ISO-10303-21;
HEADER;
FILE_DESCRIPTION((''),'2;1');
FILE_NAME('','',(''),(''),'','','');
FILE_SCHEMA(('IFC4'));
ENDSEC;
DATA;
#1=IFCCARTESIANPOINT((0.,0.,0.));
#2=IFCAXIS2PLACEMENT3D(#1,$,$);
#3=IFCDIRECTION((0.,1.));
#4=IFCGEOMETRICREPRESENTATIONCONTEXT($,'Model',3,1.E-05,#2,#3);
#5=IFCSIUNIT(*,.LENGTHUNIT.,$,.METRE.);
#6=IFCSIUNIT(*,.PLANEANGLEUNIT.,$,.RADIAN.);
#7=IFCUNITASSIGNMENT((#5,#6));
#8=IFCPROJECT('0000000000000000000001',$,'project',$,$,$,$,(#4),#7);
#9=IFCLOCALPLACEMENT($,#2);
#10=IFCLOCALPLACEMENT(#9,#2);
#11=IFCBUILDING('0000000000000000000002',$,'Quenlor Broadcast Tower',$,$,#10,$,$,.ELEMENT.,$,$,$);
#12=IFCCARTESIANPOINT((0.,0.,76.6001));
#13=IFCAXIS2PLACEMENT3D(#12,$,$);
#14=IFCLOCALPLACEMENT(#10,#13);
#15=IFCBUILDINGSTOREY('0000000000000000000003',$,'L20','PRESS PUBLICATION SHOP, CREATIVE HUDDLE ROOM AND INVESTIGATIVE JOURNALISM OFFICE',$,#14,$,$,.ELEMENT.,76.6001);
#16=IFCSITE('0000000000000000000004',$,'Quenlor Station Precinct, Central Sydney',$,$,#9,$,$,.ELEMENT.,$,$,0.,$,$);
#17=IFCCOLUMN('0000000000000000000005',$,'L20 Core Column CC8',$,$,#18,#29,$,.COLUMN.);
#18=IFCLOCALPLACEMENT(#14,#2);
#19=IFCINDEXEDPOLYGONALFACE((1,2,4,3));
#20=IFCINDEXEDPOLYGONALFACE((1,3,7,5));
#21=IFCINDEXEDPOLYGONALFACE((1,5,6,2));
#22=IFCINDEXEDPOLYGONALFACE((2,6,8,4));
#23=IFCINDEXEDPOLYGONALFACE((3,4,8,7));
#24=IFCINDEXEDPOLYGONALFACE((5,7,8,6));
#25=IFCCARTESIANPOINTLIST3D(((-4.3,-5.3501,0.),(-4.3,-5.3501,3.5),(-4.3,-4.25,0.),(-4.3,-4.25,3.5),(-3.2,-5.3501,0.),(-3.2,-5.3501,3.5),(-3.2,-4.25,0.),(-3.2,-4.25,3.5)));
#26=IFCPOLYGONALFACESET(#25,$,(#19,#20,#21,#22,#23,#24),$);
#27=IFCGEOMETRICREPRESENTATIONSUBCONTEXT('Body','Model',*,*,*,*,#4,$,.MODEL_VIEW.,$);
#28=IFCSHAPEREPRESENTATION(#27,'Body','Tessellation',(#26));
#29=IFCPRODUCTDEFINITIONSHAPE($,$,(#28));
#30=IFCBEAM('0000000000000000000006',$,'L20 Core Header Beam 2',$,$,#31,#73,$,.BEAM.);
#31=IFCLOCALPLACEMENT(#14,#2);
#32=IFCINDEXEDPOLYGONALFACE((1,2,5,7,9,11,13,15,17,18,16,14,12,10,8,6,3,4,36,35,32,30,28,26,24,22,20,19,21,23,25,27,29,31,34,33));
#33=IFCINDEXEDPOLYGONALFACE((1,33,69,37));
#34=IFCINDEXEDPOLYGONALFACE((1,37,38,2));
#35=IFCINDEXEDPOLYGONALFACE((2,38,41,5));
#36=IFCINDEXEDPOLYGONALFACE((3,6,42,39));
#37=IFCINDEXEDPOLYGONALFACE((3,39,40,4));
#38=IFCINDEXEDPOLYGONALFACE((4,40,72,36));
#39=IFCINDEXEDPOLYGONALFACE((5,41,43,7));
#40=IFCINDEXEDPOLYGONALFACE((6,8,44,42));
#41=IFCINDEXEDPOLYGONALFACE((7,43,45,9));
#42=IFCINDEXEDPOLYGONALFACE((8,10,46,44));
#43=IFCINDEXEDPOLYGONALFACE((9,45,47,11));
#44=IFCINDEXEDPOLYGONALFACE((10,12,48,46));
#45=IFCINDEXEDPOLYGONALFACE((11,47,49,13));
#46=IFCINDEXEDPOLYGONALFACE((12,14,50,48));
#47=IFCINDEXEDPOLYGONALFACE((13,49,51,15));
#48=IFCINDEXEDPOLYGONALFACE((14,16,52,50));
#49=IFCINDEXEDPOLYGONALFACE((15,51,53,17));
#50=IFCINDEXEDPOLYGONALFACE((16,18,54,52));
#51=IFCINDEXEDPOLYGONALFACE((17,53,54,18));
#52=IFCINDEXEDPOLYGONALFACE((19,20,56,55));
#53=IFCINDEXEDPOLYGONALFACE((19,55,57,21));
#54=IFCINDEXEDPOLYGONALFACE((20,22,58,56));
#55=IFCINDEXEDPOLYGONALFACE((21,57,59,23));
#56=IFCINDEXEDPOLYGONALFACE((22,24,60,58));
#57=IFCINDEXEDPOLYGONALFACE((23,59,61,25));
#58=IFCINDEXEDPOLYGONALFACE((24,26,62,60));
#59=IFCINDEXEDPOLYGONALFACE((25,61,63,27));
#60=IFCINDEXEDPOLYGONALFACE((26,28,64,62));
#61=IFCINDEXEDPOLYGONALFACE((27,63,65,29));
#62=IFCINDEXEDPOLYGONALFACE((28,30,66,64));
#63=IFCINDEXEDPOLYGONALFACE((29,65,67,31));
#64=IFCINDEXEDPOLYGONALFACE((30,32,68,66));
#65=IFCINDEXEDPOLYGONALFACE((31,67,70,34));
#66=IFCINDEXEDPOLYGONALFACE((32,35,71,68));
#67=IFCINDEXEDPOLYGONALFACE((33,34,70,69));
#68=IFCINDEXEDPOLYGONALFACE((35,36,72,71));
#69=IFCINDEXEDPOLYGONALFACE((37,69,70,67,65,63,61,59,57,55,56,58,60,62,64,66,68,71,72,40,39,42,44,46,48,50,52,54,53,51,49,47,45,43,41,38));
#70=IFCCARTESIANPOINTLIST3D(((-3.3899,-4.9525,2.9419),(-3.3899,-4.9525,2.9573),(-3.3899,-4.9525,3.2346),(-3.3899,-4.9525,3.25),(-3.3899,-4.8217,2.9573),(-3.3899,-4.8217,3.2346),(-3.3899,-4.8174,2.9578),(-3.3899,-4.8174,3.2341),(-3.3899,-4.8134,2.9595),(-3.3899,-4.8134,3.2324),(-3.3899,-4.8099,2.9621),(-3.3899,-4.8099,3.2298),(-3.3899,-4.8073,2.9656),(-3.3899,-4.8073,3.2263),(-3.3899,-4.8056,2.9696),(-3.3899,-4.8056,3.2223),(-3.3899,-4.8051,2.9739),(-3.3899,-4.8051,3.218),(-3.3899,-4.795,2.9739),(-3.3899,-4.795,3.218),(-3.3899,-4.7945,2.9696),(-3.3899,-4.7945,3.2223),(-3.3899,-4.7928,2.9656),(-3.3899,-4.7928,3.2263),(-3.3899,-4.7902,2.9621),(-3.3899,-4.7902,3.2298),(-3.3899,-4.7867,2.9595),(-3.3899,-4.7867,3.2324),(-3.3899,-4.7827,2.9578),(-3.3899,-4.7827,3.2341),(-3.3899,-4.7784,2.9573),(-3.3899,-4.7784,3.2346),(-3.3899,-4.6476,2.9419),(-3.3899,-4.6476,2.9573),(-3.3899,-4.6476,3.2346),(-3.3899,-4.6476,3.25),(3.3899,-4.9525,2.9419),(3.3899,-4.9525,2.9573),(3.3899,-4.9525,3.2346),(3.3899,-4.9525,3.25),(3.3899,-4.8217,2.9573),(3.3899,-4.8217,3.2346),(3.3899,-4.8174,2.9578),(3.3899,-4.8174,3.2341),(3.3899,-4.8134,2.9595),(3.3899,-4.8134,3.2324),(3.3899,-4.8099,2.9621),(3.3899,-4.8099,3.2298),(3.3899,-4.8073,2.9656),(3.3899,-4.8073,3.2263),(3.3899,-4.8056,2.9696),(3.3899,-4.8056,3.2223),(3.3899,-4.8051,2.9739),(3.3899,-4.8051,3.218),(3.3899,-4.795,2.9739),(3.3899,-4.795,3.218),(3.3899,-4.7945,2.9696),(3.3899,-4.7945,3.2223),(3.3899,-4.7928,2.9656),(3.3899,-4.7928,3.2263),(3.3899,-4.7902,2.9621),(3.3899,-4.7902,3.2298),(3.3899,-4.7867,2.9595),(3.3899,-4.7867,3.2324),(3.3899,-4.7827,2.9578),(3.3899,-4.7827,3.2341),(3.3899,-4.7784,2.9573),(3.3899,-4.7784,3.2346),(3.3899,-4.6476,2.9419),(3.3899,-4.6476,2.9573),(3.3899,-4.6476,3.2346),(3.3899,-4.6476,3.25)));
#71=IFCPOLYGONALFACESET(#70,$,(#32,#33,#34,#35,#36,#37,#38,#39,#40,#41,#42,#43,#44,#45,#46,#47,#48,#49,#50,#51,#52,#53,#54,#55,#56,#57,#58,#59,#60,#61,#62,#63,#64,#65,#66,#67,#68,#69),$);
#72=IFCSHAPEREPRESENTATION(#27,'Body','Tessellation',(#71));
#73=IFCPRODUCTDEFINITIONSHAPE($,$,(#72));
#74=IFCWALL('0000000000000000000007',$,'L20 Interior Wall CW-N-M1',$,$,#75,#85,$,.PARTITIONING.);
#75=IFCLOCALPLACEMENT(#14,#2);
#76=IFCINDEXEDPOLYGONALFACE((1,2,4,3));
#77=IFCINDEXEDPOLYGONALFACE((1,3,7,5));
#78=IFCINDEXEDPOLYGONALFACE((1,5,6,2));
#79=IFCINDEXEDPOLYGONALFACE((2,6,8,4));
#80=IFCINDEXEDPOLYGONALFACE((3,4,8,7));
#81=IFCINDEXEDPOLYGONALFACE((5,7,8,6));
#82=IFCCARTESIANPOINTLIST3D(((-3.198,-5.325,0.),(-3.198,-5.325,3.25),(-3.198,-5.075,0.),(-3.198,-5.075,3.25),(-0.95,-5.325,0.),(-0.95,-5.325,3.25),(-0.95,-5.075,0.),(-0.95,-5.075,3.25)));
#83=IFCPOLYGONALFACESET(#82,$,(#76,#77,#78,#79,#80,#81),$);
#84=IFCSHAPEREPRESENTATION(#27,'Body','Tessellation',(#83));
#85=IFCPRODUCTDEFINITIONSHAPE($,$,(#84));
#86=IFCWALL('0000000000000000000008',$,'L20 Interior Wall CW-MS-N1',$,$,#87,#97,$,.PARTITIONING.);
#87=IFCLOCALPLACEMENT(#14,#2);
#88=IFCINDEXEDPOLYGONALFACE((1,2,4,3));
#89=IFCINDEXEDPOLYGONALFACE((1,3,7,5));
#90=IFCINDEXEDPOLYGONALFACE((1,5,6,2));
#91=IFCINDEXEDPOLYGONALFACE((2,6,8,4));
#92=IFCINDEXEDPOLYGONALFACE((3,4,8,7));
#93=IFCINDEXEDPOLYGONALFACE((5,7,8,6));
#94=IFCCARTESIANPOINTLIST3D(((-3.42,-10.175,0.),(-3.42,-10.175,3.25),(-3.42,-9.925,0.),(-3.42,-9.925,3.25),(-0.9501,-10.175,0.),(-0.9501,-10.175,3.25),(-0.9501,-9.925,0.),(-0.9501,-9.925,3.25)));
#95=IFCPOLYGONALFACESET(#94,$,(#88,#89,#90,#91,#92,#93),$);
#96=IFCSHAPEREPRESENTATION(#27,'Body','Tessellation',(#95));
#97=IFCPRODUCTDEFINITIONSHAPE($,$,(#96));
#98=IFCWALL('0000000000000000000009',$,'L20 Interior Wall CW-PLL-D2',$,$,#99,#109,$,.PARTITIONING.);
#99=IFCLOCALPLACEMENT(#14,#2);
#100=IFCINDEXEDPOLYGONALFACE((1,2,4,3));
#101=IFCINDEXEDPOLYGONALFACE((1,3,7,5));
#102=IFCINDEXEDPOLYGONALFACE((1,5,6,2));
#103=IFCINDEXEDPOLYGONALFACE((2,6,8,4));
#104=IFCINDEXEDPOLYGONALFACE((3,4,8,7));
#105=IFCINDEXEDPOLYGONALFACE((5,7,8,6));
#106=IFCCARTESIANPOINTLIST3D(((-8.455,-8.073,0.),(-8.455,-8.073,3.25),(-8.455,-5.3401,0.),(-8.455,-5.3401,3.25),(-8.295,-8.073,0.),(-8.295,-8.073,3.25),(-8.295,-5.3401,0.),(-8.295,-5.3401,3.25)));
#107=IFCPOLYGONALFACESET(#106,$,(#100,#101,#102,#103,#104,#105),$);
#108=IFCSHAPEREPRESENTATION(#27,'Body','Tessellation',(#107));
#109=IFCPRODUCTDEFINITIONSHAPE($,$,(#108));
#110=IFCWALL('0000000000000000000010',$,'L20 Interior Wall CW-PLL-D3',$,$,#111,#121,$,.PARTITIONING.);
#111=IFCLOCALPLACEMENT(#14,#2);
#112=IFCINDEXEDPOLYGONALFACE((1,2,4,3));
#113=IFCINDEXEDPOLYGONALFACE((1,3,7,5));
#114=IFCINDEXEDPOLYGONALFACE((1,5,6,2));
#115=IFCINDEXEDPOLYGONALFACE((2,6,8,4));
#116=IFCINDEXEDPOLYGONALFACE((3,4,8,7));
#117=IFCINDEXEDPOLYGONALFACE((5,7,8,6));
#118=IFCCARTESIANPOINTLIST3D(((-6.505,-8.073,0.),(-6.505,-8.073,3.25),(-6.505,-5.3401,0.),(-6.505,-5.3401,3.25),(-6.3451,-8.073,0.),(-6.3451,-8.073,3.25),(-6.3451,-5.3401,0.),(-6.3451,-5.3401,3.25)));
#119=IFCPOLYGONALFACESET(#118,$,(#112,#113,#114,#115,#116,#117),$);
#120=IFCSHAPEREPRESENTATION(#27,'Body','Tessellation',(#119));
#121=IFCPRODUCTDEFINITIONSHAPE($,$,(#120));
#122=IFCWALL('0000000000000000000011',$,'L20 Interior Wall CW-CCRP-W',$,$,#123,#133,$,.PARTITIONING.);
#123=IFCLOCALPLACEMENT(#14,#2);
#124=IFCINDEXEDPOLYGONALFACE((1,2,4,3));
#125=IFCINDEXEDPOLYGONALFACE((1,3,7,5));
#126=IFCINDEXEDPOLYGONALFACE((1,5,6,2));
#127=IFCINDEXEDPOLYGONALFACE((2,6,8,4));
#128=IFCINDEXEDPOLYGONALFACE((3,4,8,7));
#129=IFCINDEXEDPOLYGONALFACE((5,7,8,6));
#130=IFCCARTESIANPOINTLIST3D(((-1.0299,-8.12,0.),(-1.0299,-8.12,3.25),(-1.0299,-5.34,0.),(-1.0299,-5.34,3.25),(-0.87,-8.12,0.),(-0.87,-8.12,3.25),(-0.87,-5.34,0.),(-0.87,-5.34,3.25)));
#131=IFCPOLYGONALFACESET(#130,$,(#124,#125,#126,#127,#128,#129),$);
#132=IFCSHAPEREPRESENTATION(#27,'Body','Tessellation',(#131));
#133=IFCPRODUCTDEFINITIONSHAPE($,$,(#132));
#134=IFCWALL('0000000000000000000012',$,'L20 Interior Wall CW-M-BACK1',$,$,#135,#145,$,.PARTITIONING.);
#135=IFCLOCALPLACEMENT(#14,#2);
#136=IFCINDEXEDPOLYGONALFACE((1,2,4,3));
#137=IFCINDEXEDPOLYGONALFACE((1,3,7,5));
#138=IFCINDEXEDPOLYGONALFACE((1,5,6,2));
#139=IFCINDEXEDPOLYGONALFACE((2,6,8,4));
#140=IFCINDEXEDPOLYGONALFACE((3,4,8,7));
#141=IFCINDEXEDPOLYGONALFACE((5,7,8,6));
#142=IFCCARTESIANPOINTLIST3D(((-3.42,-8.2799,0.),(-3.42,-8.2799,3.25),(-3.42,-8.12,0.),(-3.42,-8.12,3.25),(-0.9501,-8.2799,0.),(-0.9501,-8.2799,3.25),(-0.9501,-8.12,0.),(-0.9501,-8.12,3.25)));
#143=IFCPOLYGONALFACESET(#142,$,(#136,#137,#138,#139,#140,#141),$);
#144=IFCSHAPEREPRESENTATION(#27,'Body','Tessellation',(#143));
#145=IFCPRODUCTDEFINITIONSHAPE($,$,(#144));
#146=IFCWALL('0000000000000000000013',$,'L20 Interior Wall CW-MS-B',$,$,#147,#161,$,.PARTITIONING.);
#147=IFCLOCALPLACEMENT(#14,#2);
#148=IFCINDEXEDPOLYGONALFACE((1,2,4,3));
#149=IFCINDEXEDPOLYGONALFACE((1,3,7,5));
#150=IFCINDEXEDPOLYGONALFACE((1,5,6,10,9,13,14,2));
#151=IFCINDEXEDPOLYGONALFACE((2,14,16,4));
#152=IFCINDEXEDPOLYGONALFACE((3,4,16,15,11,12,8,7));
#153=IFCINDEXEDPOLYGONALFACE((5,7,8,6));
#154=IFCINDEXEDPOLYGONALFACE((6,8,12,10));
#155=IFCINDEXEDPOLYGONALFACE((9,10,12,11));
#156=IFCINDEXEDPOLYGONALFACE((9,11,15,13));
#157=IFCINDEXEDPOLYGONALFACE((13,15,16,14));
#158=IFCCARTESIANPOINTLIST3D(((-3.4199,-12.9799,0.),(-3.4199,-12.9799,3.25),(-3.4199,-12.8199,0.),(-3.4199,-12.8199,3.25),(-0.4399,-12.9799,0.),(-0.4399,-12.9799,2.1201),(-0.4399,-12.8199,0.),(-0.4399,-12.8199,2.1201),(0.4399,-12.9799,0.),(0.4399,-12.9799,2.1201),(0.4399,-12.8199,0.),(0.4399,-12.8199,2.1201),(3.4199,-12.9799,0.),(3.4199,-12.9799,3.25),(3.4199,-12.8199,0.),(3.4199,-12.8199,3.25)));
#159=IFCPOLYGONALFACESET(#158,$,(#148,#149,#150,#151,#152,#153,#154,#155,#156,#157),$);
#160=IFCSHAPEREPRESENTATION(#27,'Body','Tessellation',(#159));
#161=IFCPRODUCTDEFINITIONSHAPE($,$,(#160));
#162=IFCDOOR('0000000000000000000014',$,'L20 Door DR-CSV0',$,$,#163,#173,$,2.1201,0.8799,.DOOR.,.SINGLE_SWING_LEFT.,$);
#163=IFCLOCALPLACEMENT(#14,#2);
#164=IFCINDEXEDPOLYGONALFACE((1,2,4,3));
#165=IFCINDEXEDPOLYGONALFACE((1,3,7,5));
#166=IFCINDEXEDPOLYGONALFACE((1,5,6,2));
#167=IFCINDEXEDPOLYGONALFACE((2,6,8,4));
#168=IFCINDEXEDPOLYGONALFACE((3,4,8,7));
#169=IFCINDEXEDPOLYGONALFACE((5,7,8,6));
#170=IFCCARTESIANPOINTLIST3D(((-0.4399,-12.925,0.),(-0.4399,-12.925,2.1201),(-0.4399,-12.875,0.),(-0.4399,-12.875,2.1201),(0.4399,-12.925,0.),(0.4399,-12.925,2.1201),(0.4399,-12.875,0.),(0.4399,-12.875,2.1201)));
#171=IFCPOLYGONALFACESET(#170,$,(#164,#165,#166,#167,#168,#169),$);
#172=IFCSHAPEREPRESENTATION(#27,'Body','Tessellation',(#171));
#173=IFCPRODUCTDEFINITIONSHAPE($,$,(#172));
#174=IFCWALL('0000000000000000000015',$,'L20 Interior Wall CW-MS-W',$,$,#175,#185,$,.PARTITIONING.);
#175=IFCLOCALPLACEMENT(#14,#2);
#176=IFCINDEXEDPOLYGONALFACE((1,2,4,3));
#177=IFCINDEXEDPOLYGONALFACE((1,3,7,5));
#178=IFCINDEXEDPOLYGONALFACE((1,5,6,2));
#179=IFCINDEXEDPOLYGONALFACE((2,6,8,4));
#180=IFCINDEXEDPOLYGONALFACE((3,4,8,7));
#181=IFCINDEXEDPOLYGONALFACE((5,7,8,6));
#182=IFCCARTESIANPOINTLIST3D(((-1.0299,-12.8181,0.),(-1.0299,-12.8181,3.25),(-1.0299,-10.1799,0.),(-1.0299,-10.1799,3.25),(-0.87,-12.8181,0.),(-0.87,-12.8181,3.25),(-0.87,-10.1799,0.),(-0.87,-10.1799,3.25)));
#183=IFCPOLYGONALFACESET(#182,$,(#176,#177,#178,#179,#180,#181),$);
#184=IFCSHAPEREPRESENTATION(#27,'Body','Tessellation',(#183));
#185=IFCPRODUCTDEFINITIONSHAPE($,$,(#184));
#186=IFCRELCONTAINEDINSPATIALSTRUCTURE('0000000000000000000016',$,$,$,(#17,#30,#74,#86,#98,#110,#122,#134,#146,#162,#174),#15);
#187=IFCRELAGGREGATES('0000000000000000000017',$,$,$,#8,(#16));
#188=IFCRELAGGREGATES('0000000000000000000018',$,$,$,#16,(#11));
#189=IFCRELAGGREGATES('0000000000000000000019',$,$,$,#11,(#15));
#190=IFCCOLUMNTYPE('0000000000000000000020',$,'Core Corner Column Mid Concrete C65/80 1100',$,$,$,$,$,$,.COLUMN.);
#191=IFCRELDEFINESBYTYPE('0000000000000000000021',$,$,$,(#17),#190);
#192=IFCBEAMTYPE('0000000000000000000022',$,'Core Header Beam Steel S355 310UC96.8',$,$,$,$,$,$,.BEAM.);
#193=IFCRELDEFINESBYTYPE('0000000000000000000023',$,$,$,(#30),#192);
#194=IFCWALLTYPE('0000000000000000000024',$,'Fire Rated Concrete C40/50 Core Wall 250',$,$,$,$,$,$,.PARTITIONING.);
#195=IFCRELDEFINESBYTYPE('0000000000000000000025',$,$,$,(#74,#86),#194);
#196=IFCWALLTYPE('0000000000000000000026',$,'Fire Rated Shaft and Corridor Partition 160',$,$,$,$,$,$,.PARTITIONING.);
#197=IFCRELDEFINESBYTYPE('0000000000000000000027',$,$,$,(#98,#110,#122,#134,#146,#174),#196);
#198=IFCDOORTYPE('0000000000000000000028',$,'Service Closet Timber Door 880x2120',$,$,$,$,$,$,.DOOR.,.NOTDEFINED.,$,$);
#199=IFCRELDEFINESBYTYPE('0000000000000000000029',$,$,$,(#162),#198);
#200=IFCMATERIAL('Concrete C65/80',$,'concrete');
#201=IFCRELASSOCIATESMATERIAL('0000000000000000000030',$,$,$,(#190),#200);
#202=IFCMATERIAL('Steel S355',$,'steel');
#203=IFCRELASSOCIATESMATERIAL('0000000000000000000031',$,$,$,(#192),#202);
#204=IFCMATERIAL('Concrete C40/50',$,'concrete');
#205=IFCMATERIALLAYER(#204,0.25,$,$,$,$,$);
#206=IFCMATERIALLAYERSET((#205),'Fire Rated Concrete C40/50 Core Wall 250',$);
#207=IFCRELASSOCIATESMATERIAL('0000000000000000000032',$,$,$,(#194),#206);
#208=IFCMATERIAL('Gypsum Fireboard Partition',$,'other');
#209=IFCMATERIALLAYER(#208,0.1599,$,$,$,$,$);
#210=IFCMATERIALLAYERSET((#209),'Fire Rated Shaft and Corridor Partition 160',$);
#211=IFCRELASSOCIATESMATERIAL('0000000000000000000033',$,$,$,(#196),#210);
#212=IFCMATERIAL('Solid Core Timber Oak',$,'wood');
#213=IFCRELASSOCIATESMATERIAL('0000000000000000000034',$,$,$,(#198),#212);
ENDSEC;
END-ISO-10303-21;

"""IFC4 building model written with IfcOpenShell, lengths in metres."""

from ifc_helpers import new_model, si_unit, direction, frame, frame_2d, origin, origin_2d, place, context, subcontext, project, spatial, rectangle, i_section, extrude, material, layer, layer_set, material_profile, profile_set, type_object, element, fill, save


model = new_model("IFC4")

# Units and contexts
model_context = context("Model", 3, precision=1e-05, world=origin(), true_north=direction((0.0, 1.0)))
body_context = subcontext(model_context, "Body", "Model", "MODEL_VIEW")
ifc_project = project(units=[si_unit("LENGTHUNIT", "METRE"), si_unit("PLANEANGLEUNIT", "RADIAN")], contexts=[model_context])

# Site, building, storey
site_placement = place(None, origin())
site = spatial("IfcSite", under=ifc_project, at=site_placement, Name="Quenlor Station Precinct, Central Sydney", CompositionType="ELEMENT", RefElevation=0.0)
building_placement = place(site_placement, origin())
building = spatial("IfcBuilding", under=site, at=building_placement, Name="Quenlor Broadcast Tower", CompositionType="ELEMENT")
storey_placement = place(building_placement, frame((0.0, 0.0, 76.6001)))
storey = spatial("IfcBuildingStorey", under=building, at=storey_placement, Name="L20", Description="PRESS PUBLICATION SHOP, CREATIVE HUDDLE ROOM AND INVESTIGATIVE JOURNALISM OFFICE", CompositionType="ELEMENT", Elevation=76.6001)

# Column
ifc_material_1 = material(Name="Concrete C65/80", Category="concrete")
ifc_material_profile_1 = material_profile(ifc_material_1, rectangle(XDim=1.1001, YDim=1.1001, at=origin_2d()))
ifc_profile_set_1 = profile_set([ifc_material_profile_1], Name="Concrete C65/80 RC1100x1100")
column_type = type_object("IfcColumnType", Name="Core Corner Column Mid Concrete C65/80 1100", PredefinedType="COLUMN", material=ifc_profile_set_1)
column_placement = place(storey_placement, frame((-3.75, -4.8, 0.0), z_axis=(0.0, 0.0, 1.0), x_axis=(1.0, 0.0, 0.0)))
element("IfcColumn", 1, at=column_placement, inside=storey, type_object=column_type, Name="L20 Core Column CC8", PredefinedType="COLUMN", context=body_context, shape_type="SweptSolid", body=[
    extrude(rectangle(XDim=1.1001, YDim=1.1001, at=origin_2d()), origin(), (0.0, 0.0, 1.0), 3.5),
])

# Beam
ifc_material_2 = material(Name="Steel S355", Category="steel")
ifc_material_profile_2 = material_profile(ifc_material_2, i_section(OverallWidth=0.3049, OverallDepth=0.3081, WebThickness=0.01, FlangeThickness=0.0154, FilletRadius=0.0166, at=origin_2d()))
ifc_profile_set_2 = profile_set([ifc_material_profile_2], Name="Steel S355 310UC96.8")
beam_type = type_object("IfcBeamType", Name="Core Header Beam Steel S355 310UC96.8", PredefinedType="BEAM", material=ifc_profile_set_2)
beam_placement = place(storey_placement, frame((-3.3899, -4.8, 3.0959), z_axis=(1.0, 0.0, 0.0), x_axis=(0.0, 1.0, 0.0)))
element("IfcBeam", 2, at=beam_placement, inside=storey, type_object=beam_type, Name="L20 Core Header Beam 2", PredefinedType="BEAM", context=body_context, shape_type="SweptSolid", body=[
    extrude(i_section(OverallWidth=0.3049, OverallDepth=0.3081, WebThickness=0.01, FlangeThickness=0.0154, FilletRadius=0.0166, at=origin_2d()), origin(), (0.0, 0.0, 1.0), 6.7798),
])

# Walls
ifc_material_3 = material(Name="Concrete C40/50", Category="concrete")
ifc_layer_1 = layer(ifc_material_3, 0.25)
ifc_layer_set_1 = layer_set([ifc_layer_1], Name="Fire Rated Concrete C40/50 Core Wall 250")
wall_type_1 = type_object("IfcWallType", Name="Fire Rated Concrete C40/50 Core Wall 250", PredefinedType="PARTITIONING", material=ifc_layer_set_1)
wall_1_placement = place(storey_placement, frame((-3.198, -5.2, 0.0), z_axis=(0.0, 0.0, 1.0), x_axis=(1.0, 0.0, 0.0)))
element("IfcWall", 3, at=wall_1_placement, inside=storey, type_object=wall_type_1, Name="L20 Interior Wall CW-N-M1", PredefinedType="PARTITIONING", context=body_context, shape_type="SweptSolid", body=[
    extrude(rectangle(XDim=2.248, YDim=0.25, at=frame_2d((1.124, 0.0))), origin(), (0.0, 0.0, 1.0), 3.25),
])
wall_2_placement = place(storey_placement, frame((-3.4199, -10.05, 0.0), z_axis=(0.0, 0.0, 1.0), x_axis=(1.0, 0.0, 0.0)))
element("IfcWall", 4, at=wall_2_placement, inside=storey, type_object=wall_type_1, Name="L20 Interior Wall CW-MS-N1", PredefinedType="PARTITIONING", context=body_context, shape_type="SweptSolid", body=[
    extrude(rectangle(XDim=2.47, YDim=0.25, at=frame_2d((1.2349, 0.0))), origin(), (0.0, 0.0, 1.0), 3.25),
])
ifc_material_4 = material(Name="Gypsum Fireboard Partition", Category="other")
ifc_layer_2 = layer(ifc_material_4, 0.1599)
ifc_layer_set_2 = layer_set([ifc_layer_2], Name="Fire Rated Shaft and Corridor Partition 160")
wall_type_2 = type_object("IfcWallType", Name="Fire Rated Shaft and Corridor Partition 160", PredefinedType="PARTITIONING", material=ifc_layer_set_2)
for number, where, z_axis, x_axis, name in (
    (5, (-8.375, -8.073, 0.0), (0.0, 0.0, 1.0), (0.0, 1.0, 0.0), "L20 Interior Wall CW-PLL-D2"),
    (6, (-6.425, -8.073, 0.0), (0.0, 0.0, 1.0), (0.0, 1.0, 0.0), "L20 Interior Wall CW-PLL-D3"),
):
    element("IfcWall", number, at=place(storey_placement, frame(where, z_axis=z_axis, x_axis=x_axis)), inside=storey, type_object=wall_type_2, Name=name, PredefinedType="PARTITIONING", context=body_context, shape_type="SweptSolid", body=[
        extrude(rectangle(XDim=2.7329, YDim=0.1599, at=frame_2d((1.3665, 0.0))), origin(), (0.0, 0.0, 1.0), 3.25),
    ])
wall_3_placement = place(storey_placement, frame((-0.95, -8.1201, 0.0), z_axis=(0.0, 0.0, 1.0), x_axis=(0.0, 1.0, 0.0)))
element("IfcWall", 7, at=wall_3_placement, inside=storey, type_object=wall_type_2, Name="L20 Interior Wall CW-CCRP-W", PredefinedType="PARTITIONING", context=body_context, shape_type="SweptSolid", body=[
    extrude(rectangle(XDim=2.78, YDim=0.1599, at=frame_2d((1.3901, 0.0))), origin(), (0.0, 0.0, 1.0), 3.25),
])
wall_4_placement = place(storey_placement, frame((-3.4199, -8.2, 0.0), z_axis=(0.0, 0.0, 1.0), x_axis=(1.0, 0.0, 0.0)))
element("IfcWall", 8, at=wall_4_placement, inside=storey, type_object=wall_type_2, Name="L20 Interior Wall CW-M-BACK1", PredefinedType="PARTITIONING", context=body_context, shape_type="SweptSolid", body=[
    extrude(rectangle(XDim=2.47, YDim=0.1599, at=frame_2d((1.2349, 0.0))), origin(), (0.0, 0.0, 1.0), 3.25),
])

# Wall, opening, door
wall_5_placement = place(storey_placement, frame((-3.4199, -12.8999, 0.0), z_axis=(0.0, 0.0, 1.0), x_axis=(1.0, 0.0, 0.0)))
wall_5 = element("IfcWall", 9, at=wall_5_placement, inside=storey, type_object=wall_type_2, Name="L20 Interior Wall CW-MS-B", PredefinedType="PARTITIONING", context=body_context, shape_type="SweptSolid", body=[
    extrude(rectangle(XDim=6.8398, YDim=0.1599, at=frame_2d((3.4199, 0.0))), origin(), (0.0, 0.0, 1.0), 3.25),
])
opening_1_placement = place(wall_5_placement, frame((2.98, 0.0, 0.0)))
opening_1 = element("IfcOpeningElement", 10, at=opening_1_placement, cuts=wall_5, PredefinedType="OPENING", context=body_context, shape_type="SweptSolid", body=[
    extrude(rectangle(XDim=0.8799, YDim=2.1201, at=frame_2d((0.4399, 1.0601))), frame((0.0, 0.0898, 0.0), z_axis=(0.0, -1.0, 0.0), x_axis=(1.0, 0.0, 0.0)), (0.0, 0.0, 1.0), 0.1799),
])
ifc_material_5 = material(Name="Solid Core Timber Oak", Category="wood")
door_type_1 = type_object("IfcDoorType", Name="Service Closet Timber Door 880x2120", OperationType="NOTDEFINED", PredefinedType="DOOR", material=ifc_material_5)
door_1_placement = place(opening_1_placement, origin())
door_1 = element("IfcDoor", 11, at=door_1_placement, inside=storey, type_object=door_type_1, Name="L20 Door DR-CSV0", OperationType="SINGLE_SWING_LEFT", OverallHeight=2.1201, OverallWidth=0.8799, PredefinedType="DOOR", context=body_context, shape_type="SweptSolid", body=[
    extrude(rectangle(XDim=0.8799, YDim=2.1201, at=frame_2d((0.4399, 1.0601))), frame((0.0, 0.0249, 0.0), z_axis=(0.0, -1.0, 0.0), x_axis=(1.0, 0.0, 0.0)), (0.0, 0.0, 1.0), 0.05),
])
fill(opening_1, door_1)

# Wall
wall_6_placement = place(storey_placement, frame((-0.95, -12.8181, 0.0), z_axis=(0.0, 0.0, 1.0), x_axis=(0.0, 1.0, 0.0)))
element("IfcWall", 12, at=wall_6_placement, inside=storey, type_object=wall_type_2, Name="L20 Interior Wall CW-MS-W", PredefinedType="PARTITIONING", context=body_context, shape_type="SweptSolid", body=[
    extrude(rectangle(XDim=2.6382, YDim=0.1599, at=frame_2d((1.3191, 0.0))), origin(), (0.0, 0.0, 1.0), 3.25),
])

save(model, "model.ifc")
